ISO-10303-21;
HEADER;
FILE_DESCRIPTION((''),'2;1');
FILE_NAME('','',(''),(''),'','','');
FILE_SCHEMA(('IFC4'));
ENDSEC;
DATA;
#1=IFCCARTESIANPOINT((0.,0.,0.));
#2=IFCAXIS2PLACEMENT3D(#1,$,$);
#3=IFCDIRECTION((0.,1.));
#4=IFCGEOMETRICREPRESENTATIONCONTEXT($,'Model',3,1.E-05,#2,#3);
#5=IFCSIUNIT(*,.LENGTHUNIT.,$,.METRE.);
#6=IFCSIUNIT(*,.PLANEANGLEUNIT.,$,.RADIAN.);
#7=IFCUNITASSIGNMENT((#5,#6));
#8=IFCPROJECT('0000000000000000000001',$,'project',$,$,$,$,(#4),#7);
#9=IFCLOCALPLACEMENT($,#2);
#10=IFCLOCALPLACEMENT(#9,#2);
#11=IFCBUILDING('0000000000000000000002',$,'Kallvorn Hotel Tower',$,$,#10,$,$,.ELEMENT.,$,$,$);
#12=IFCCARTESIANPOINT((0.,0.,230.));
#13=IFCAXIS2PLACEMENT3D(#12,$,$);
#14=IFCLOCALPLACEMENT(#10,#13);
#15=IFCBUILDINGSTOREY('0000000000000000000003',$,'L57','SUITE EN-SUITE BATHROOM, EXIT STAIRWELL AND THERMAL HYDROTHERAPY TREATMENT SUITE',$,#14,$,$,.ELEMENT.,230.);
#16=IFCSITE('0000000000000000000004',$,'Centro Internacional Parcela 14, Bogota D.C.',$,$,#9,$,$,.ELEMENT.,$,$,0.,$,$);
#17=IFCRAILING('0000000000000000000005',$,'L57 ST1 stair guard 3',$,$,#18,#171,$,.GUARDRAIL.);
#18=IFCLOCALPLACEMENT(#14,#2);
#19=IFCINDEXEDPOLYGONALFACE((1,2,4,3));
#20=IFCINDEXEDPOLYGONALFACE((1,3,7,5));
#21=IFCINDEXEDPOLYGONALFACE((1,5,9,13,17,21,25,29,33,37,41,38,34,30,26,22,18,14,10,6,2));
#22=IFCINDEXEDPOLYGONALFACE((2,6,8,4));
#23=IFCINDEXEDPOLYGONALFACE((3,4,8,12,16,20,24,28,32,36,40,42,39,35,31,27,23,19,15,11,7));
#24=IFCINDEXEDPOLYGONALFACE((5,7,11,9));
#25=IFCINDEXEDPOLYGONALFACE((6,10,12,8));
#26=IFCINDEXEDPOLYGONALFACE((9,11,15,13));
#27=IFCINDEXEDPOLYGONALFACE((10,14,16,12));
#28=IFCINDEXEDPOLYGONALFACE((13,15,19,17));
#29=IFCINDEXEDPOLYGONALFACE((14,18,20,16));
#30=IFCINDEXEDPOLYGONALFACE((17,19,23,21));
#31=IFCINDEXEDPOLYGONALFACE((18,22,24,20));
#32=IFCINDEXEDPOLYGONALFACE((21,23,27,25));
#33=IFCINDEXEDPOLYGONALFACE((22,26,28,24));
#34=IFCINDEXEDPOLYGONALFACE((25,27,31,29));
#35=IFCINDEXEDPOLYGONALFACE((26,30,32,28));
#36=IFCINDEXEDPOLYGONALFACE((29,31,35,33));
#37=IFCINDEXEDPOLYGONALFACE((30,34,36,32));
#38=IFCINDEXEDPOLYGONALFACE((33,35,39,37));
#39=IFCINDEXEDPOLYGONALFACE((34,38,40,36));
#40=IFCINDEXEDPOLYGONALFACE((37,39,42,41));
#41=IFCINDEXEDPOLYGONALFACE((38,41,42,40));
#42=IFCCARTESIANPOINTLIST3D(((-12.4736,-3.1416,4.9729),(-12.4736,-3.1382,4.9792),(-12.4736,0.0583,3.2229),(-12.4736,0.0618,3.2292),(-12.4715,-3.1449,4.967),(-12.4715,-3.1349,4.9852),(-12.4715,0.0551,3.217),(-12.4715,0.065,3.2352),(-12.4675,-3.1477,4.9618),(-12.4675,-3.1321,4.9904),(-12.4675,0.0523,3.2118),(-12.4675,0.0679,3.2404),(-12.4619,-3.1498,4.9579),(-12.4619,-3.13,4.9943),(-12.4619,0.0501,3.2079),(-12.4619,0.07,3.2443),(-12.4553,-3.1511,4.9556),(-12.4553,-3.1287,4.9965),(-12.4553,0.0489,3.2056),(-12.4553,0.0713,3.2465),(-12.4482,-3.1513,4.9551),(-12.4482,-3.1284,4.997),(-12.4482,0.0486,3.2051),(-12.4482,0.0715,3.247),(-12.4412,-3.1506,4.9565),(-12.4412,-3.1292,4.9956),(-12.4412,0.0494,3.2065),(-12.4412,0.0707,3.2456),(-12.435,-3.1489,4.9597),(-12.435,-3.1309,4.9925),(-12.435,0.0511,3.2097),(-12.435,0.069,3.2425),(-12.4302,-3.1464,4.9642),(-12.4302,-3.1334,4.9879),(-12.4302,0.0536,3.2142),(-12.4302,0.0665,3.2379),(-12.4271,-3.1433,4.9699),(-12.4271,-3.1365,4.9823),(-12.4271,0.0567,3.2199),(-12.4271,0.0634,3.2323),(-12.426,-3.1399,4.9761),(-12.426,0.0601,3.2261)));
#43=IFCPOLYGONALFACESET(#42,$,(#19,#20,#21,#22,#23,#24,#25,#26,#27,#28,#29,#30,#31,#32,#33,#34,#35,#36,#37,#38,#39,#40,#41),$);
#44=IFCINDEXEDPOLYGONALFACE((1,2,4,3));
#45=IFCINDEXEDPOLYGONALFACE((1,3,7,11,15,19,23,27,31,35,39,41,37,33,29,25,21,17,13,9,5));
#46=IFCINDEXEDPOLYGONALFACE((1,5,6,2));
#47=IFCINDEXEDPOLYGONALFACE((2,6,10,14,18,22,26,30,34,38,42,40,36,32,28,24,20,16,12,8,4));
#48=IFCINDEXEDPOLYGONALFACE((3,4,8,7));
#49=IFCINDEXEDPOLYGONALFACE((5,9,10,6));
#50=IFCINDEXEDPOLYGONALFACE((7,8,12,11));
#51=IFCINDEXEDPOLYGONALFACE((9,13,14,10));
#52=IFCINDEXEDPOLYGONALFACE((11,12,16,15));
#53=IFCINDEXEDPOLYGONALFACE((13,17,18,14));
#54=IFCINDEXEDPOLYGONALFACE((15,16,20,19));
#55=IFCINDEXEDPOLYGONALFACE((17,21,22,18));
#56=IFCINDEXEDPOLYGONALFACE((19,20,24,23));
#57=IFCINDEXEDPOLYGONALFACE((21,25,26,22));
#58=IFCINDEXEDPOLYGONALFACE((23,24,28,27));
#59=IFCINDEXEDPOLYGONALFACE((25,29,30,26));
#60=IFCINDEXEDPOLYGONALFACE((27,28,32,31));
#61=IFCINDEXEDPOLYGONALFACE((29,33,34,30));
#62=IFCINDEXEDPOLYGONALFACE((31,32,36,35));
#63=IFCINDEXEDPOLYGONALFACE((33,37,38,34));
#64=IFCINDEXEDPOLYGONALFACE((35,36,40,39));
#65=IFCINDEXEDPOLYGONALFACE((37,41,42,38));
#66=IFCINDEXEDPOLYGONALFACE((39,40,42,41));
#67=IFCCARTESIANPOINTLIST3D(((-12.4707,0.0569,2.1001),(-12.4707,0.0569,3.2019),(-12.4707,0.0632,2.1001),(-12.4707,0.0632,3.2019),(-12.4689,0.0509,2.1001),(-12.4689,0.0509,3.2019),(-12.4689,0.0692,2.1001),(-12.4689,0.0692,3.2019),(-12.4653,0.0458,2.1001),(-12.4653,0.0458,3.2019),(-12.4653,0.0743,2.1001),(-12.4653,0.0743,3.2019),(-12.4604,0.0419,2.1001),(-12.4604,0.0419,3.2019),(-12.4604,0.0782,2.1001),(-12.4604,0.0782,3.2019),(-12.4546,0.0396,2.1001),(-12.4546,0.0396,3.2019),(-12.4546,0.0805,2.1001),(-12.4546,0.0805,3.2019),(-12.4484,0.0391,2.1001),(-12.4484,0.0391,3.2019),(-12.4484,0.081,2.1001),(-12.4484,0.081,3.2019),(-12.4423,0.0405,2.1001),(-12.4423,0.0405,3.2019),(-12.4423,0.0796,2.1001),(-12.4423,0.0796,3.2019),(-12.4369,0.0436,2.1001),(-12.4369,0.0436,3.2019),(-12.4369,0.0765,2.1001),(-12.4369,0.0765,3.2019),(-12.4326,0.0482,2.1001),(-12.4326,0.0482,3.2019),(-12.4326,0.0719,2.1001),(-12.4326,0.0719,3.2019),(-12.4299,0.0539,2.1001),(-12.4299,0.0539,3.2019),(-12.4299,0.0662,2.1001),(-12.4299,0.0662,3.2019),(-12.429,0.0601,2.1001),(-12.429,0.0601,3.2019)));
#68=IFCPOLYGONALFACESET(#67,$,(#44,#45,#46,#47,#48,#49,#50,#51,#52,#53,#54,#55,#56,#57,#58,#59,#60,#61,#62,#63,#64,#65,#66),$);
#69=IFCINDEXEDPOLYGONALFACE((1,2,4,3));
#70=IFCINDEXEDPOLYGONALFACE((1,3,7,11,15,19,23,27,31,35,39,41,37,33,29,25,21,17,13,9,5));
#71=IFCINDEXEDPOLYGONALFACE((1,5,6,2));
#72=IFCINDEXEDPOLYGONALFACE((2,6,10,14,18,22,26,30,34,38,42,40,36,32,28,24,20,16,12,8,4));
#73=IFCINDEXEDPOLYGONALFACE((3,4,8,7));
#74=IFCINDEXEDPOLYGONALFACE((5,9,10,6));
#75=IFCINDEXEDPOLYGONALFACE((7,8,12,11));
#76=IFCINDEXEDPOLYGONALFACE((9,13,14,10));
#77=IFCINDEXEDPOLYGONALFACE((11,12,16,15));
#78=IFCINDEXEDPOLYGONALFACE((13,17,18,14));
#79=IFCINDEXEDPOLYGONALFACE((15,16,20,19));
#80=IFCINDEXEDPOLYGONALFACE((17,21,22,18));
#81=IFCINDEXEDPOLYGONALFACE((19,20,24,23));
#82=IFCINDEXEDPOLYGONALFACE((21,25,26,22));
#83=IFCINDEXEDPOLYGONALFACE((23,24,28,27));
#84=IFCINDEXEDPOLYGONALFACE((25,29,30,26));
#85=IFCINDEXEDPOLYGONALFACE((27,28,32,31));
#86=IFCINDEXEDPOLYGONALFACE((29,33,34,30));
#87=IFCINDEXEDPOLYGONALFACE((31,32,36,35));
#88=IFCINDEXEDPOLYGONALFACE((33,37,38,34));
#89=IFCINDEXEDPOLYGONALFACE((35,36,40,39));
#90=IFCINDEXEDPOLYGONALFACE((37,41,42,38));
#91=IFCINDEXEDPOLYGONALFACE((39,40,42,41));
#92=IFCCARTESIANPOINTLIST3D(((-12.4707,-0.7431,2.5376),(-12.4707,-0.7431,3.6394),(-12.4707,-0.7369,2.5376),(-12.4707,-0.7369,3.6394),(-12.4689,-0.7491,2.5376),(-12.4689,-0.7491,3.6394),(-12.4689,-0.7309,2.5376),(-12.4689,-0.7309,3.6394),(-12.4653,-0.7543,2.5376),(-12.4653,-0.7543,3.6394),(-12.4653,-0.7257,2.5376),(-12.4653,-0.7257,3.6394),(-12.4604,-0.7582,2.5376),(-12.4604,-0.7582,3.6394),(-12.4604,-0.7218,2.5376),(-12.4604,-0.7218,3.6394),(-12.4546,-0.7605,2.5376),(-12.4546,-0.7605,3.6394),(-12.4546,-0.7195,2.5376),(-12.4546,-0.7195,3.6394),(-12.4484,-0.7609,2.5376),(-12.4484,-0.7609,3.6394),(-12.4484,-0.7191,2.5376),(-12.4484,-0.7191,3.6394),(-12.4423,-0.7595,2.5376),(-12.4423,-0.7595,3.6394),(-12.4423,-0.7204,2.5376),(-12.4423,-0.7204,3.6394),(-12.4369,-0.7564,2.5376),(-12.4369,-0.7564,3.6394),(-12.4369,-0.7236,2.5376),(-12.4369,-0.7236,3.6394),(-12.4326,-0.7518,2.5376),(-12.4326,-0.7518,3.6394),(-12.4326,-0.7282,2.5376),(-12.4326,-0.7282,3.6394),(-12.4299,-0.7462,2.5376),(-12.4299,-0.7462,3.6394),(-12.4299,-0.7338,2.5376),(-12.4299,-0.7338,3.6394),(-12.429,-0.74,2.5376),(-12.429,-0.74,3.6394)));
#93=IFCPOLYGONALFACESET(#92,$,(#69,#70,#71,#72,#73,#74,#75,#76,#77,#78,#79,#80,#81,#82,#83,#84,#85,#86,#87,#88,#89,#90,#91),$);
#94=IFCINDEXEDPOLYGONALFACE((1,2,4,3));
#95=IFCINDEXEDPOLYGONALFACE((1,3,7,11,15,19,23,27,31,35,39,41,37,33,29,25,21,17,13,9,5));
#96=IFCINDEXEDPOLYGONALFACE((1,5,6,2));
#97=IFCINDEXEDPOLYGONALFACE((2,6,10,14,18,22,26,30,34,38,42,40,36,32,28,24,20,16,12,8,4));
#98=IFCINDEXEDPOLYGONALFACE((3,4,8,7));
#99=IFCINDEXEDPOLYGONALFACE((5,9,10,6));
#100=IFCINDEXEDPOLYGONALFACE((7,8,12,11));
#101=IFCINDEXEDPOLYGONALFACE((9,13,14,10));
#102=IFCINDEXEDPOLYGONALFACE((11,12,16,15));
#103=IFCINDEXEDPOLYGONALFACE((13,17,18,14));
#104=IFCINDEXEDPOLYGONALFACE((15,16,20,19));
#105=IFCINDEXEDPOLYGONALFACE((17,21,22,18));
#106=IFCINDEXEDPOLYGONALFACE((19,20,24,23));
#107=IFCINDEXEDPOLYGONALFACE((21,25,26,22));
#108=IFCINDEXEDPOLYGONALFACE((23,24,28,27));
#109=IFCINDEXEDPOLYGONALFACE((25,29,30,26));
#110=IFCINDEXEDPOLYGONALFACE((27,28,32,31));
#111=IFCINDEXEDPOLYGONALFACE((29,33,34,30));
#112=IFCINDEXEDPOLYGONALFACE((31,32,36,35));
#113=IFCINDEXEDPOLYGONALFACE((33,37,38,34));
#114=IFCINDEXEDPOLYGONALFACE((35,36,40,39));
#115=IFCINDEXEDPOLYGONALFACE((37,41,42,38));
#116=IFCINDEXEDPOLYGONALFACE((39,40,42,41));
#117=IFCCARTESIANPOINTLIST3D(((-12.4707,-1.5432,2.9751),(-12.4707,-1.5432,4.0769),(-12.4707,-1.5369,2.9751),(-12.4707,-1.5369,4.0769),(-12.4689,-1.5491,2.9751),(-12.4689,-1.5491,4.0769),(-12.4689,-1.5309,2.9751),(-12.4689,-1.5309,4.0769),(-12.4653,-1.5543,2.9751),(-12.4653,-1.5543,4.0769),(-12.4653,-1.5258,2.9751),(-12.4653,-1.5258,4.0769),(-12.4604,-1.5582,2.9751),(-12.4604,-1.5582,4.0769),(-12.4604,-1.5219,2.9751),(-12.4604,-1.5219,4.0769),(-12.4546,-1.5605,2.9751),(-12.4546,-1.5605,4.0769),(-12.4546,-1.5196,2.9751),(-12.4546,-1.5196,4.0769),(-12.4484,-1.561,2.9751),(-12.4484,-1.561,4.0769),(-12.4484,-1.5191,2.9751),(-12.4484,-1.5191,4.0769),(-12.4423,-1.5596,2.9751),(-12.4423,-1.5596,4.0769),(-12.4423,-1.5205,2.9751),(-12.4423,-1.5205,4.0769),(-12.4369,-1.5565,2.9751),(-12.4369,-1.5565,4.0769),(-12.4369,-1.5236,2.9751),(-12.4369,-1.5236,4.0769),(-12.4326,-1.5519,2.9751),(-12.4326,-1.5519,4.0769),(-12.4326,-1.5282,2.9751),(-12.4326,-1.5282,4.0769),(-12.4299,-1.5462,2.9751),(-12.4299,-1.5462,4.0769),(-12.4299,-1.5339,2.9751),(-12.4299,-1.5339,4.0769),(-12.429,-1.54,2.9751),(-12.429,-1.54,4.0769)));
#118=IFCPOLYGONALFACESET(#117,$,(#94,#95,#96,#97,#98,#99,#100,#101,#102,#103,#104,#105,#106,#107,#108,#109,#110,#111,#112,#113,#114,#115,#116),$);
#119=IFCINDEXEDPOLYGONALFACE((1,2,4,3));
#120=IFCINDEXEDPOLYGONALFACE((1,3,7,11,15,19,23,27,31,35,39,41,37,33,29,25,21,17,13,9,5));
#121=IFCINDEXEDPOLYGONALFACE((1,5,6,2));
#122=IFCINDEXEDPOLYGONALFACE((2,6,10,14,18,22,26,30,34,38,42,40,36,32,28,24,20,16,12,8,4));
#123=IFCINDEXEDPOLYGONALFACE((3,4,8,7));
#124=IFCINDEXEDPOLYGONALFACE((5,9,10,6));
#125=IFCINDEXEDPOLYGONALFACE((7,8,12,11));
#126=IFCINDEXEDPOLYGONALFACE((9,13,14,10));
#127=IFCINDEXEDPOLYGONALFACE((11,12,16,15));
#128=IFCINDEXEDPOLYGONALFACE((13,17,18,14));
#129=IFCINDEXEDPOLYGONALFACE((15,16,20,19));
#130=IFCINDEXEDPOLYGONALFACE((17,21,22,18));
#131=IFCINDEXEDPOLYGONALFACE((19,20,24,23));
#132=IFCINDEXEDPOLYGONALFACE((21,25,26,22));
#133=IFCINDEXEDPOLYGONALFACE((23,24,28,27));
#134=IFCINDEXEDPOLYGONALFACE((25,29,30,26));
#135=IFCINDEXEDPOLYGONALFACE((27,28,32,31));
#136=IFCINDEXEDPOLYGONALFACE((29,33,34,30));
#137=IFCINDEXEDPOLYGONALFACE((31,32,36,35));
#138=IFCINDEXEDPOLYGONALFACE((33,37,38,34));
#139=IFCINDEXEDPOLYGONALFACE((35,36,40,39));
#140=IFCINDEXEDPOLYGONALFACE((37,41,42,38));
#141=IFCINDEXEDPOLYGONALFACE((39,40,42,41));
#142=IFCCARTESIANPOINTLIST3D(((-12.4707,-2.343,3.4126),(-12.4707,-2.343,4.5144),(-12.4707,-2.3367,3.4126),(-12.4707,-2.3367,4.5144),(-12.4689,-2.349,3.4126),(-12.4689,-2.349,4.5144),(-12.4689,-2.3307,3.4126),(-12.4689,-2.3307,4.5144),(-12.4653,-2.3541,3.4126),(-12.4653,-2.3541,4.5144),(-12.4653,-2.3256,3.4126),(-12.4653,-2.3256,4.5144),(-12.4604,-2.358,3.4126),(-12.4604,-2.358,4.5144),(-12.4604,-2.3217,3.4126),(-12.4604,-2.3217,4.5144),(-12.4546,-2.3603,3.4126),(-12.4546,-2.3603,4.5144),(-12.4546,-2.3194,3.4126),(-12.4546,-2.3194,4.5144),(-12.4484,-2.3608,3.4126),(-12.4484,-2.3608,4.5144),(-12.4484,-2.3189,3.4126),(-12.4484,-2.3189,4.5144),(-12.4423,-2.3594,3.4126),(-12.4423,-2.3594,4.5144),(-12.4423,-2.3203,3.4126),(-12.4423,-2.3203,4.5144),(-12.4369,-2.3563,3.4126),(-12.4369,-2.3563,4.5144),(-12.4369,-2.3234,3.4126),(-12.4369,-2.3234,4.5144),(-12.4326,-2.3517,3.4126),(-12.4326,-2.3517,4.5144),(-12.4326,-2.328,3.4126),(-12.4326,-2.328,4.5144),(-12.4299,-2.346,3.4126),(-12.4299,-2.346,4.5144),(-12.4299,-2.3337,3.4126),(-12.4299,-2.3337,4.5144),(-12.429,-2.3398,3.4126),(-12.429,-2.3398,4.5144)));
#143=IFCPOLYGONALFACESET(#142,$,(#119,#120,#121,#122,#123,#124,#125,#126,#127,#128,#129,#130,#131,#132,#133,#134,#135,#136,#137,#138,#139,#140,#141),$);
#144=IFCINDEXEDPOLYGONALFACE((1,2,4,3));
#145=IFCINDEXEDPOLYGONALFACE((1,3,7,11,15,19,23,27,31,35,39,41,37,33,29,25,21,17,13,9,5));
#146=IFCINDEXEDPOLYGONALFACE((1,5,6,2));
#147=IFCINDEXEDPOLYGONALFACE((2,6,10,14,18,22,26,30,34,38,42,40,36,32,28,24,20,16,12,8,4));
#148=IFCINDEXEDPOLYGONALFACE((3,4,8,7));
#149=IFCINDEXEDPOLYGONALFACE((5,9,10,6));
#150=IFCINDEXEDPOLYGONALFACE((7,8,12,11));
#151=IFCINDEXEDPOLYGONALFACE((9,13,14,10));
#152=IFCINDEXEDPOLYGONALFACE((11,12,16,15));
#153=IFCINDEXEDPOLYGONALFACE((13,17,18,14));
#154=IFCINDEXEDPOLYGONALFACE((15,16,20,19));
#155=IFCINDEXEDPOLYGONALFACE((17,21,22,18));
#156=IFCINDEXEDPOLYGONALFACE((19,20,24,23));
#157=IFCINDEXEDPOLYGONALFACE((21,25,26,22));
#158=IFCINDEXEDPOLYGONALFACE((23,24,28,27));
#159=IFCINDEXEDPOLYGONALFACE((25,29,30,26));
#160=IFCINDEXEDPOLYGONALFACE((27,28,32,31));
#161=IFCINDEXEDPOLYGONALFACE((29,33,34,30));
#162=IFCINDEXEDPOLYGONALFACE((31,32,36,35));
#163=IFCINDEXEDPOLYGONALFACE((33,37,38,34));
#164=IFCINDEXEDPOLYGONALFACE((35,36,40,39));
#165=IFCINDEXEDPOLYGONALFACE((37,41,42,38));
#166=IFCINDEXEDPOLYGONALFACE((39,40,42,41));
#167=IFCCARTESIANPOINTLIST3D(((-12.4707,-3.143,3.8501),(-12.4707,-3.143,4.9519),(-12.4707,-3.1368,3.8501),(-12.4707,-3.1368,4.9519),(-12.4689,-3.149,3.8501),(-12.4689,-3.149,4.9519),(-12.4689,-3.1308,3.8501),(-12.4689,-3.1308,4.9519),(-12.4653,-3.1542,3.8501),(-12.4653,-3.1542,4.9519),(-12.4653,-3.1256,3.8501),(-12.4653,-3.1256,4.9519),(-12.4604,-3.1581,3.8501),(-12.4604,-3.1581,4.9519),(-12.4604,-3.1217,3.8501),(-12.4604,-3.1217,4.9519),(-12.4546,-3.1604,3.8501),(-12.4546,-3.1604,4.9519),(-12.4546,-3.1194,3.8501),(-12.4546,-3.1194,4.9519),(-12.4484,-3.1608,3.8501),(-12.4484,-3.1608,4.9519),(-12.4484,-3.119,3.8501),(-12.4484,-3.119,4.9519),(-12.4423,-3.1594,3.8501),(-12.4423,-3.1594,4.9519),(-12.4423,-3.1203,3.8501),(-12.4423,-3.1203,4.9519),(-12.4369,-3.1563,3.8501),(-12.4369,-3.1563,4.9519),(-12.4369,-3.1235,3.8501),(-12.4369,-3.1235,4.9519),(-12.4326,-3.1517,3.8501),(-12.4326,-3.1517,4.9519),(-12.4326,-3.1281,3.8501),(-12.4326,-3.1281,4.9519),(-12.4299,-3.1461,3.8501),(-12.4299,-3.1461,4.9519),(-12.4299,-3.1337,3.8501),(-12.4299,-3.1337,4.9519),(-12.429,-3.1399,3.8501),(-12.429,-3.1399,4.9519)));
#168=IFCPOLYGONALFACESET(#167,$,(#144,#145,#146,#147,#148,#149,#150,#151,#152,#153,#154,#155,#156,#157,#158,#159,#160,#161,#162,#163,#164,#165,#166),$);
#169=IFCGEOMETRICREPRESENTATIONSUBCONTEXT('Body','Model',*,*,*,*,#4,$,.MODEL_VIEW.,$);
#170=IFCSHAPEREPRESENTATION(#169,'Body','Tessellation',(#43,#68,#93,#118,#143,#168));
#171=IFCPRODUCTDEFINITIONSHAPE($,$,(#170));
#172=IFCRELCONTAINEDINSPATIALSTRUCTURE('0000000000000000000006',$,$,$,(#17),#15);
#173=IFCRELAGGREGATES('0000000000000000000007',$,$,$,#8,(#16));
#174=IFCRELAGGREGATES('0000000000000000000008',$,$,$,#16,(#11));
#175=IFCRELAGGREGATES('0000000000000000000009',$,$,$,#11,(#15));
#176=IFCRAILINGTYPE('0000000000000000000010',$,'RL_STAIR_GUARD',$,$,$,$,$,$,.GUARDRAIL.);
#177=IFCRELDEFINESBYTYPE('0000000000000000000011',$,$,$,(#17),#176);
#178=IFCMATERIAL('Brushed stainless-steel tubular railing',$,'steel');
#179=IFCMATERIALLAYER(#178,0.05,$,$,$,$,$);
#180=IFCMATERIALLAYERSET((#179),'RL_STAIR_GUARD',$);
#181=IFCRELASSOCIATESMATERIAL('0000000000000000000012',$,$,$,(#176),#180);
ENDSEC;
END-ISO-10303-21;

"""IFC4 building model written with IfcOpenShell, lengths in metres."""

from ifc_helpers import new_model, si_unit, direction, frame, origin, origin_2d, place, context, subcontext, project, spatial, circle, extrude, material, layer, layer_set, type_object, element, save


model = new_model("IFC4")

# Units and contexts
model_context = context("Model", 3, precision=1e-05, world=origin(), true_north=direction((0.0, 1.0)))
body_context = subcontext(model_context, "Body", "Model", "MODEL_VIEW")
ifc_project = project(units=[si_unit("LENGTHUNIT", "METRE"), si_unit("PLANEANGLEUNIT", "RADIAN")], contexts=[model_context])

# Site, building, storey
site_placement = place(None, origin())
site = spatial("IfcSite", under=ifc_project, at=site_placement, Name="Centro Internacional Parcela 14, Bogota D.C.", CompositionType="ELEMENT", RefElevation=0.0)
building_placement = place(site_placement, origin())
building = spatial("IfcBuilding", under=site, at=building_placement, Name="Kallvorn Hotel Tower", CompositionType="ELEMENT")
storey_placement = place(building_placement, frame((0.0, 0.0, 230.0)))
storey = spatial("IfcBuildingStorey", under=building, at=storey_placement, Name="L57", Description="SUITE EN-SUITE BATHROOM, EXIT STAIRWELL AND THERMAL HYDROTHERAPY TREATMENT SUITE", CompositionType="ELEMENT", Elevation=230.0)

# Railing
ifc_material_1 = material(Name="Brushed stainless-steel tubular railing", Category="steel")
ifc_layer_1 = layer(ifc_material_1, 0.05)
ifc_layer_set_1 = layer_set([ifc_layer_1], Name="RL_STAIR_GUARD")
railing_type_1 = type_object("IfcRailingType", Name="RL_STAIR_GUARD", PredefinedType="GUARDRAIL", material=ifc_layer_set_1)
railing_1_placement = place(storey_placement, frame((-12.45, 0.0601, 2.1001)))
element("IfcRailing", 1, at=railing_1_placement, inside=storey, type_object=railing_type_1, Name="L57 ST1 stair guard 3", PredefinedType="GUARDRAIL", context=body_context, shape_type="SweptSolid", body=[
    extrude(circle(Radius=0.0239, at=origin_2d()), frame((0.0, 0.0, 1.126), z_axis=(0.0, -0.877368, 0.479818), x_axis=(1.0, 0.0, 0.0)), (0.0, 0.0, 1.0), 3.6472),
    extrude(circle(Radius=0.021, at=origin_2d()), origin(), (0.0, 0.0, 1.0), 1.1018),
    extrude(circle(Radius=0.021, at=origin_2d()), frame((0.0, -0.8, 0.4375)), (0.0, 0.0, 1.0), 1.1018),
    extrude(circle(Radius=0.021, at=origin_2d()), frame((0.0, -1.6001, 0.875)), (0.0, 0.0, 1.0), 1.1018),
    extrude(circle(Radius=0.021, at=origin_2d()), frame((0.0, -2.3999, 1.3125)), (0.0, 0.0, 1.0), 1.1018),
    extrude(circle(Radius=0.021, at=origin_2d()), frame((0.0, -3.2, 1.75)), (0.0, 0.0, 1.0), 1.1018),
])

save(model, "model.ifc")
